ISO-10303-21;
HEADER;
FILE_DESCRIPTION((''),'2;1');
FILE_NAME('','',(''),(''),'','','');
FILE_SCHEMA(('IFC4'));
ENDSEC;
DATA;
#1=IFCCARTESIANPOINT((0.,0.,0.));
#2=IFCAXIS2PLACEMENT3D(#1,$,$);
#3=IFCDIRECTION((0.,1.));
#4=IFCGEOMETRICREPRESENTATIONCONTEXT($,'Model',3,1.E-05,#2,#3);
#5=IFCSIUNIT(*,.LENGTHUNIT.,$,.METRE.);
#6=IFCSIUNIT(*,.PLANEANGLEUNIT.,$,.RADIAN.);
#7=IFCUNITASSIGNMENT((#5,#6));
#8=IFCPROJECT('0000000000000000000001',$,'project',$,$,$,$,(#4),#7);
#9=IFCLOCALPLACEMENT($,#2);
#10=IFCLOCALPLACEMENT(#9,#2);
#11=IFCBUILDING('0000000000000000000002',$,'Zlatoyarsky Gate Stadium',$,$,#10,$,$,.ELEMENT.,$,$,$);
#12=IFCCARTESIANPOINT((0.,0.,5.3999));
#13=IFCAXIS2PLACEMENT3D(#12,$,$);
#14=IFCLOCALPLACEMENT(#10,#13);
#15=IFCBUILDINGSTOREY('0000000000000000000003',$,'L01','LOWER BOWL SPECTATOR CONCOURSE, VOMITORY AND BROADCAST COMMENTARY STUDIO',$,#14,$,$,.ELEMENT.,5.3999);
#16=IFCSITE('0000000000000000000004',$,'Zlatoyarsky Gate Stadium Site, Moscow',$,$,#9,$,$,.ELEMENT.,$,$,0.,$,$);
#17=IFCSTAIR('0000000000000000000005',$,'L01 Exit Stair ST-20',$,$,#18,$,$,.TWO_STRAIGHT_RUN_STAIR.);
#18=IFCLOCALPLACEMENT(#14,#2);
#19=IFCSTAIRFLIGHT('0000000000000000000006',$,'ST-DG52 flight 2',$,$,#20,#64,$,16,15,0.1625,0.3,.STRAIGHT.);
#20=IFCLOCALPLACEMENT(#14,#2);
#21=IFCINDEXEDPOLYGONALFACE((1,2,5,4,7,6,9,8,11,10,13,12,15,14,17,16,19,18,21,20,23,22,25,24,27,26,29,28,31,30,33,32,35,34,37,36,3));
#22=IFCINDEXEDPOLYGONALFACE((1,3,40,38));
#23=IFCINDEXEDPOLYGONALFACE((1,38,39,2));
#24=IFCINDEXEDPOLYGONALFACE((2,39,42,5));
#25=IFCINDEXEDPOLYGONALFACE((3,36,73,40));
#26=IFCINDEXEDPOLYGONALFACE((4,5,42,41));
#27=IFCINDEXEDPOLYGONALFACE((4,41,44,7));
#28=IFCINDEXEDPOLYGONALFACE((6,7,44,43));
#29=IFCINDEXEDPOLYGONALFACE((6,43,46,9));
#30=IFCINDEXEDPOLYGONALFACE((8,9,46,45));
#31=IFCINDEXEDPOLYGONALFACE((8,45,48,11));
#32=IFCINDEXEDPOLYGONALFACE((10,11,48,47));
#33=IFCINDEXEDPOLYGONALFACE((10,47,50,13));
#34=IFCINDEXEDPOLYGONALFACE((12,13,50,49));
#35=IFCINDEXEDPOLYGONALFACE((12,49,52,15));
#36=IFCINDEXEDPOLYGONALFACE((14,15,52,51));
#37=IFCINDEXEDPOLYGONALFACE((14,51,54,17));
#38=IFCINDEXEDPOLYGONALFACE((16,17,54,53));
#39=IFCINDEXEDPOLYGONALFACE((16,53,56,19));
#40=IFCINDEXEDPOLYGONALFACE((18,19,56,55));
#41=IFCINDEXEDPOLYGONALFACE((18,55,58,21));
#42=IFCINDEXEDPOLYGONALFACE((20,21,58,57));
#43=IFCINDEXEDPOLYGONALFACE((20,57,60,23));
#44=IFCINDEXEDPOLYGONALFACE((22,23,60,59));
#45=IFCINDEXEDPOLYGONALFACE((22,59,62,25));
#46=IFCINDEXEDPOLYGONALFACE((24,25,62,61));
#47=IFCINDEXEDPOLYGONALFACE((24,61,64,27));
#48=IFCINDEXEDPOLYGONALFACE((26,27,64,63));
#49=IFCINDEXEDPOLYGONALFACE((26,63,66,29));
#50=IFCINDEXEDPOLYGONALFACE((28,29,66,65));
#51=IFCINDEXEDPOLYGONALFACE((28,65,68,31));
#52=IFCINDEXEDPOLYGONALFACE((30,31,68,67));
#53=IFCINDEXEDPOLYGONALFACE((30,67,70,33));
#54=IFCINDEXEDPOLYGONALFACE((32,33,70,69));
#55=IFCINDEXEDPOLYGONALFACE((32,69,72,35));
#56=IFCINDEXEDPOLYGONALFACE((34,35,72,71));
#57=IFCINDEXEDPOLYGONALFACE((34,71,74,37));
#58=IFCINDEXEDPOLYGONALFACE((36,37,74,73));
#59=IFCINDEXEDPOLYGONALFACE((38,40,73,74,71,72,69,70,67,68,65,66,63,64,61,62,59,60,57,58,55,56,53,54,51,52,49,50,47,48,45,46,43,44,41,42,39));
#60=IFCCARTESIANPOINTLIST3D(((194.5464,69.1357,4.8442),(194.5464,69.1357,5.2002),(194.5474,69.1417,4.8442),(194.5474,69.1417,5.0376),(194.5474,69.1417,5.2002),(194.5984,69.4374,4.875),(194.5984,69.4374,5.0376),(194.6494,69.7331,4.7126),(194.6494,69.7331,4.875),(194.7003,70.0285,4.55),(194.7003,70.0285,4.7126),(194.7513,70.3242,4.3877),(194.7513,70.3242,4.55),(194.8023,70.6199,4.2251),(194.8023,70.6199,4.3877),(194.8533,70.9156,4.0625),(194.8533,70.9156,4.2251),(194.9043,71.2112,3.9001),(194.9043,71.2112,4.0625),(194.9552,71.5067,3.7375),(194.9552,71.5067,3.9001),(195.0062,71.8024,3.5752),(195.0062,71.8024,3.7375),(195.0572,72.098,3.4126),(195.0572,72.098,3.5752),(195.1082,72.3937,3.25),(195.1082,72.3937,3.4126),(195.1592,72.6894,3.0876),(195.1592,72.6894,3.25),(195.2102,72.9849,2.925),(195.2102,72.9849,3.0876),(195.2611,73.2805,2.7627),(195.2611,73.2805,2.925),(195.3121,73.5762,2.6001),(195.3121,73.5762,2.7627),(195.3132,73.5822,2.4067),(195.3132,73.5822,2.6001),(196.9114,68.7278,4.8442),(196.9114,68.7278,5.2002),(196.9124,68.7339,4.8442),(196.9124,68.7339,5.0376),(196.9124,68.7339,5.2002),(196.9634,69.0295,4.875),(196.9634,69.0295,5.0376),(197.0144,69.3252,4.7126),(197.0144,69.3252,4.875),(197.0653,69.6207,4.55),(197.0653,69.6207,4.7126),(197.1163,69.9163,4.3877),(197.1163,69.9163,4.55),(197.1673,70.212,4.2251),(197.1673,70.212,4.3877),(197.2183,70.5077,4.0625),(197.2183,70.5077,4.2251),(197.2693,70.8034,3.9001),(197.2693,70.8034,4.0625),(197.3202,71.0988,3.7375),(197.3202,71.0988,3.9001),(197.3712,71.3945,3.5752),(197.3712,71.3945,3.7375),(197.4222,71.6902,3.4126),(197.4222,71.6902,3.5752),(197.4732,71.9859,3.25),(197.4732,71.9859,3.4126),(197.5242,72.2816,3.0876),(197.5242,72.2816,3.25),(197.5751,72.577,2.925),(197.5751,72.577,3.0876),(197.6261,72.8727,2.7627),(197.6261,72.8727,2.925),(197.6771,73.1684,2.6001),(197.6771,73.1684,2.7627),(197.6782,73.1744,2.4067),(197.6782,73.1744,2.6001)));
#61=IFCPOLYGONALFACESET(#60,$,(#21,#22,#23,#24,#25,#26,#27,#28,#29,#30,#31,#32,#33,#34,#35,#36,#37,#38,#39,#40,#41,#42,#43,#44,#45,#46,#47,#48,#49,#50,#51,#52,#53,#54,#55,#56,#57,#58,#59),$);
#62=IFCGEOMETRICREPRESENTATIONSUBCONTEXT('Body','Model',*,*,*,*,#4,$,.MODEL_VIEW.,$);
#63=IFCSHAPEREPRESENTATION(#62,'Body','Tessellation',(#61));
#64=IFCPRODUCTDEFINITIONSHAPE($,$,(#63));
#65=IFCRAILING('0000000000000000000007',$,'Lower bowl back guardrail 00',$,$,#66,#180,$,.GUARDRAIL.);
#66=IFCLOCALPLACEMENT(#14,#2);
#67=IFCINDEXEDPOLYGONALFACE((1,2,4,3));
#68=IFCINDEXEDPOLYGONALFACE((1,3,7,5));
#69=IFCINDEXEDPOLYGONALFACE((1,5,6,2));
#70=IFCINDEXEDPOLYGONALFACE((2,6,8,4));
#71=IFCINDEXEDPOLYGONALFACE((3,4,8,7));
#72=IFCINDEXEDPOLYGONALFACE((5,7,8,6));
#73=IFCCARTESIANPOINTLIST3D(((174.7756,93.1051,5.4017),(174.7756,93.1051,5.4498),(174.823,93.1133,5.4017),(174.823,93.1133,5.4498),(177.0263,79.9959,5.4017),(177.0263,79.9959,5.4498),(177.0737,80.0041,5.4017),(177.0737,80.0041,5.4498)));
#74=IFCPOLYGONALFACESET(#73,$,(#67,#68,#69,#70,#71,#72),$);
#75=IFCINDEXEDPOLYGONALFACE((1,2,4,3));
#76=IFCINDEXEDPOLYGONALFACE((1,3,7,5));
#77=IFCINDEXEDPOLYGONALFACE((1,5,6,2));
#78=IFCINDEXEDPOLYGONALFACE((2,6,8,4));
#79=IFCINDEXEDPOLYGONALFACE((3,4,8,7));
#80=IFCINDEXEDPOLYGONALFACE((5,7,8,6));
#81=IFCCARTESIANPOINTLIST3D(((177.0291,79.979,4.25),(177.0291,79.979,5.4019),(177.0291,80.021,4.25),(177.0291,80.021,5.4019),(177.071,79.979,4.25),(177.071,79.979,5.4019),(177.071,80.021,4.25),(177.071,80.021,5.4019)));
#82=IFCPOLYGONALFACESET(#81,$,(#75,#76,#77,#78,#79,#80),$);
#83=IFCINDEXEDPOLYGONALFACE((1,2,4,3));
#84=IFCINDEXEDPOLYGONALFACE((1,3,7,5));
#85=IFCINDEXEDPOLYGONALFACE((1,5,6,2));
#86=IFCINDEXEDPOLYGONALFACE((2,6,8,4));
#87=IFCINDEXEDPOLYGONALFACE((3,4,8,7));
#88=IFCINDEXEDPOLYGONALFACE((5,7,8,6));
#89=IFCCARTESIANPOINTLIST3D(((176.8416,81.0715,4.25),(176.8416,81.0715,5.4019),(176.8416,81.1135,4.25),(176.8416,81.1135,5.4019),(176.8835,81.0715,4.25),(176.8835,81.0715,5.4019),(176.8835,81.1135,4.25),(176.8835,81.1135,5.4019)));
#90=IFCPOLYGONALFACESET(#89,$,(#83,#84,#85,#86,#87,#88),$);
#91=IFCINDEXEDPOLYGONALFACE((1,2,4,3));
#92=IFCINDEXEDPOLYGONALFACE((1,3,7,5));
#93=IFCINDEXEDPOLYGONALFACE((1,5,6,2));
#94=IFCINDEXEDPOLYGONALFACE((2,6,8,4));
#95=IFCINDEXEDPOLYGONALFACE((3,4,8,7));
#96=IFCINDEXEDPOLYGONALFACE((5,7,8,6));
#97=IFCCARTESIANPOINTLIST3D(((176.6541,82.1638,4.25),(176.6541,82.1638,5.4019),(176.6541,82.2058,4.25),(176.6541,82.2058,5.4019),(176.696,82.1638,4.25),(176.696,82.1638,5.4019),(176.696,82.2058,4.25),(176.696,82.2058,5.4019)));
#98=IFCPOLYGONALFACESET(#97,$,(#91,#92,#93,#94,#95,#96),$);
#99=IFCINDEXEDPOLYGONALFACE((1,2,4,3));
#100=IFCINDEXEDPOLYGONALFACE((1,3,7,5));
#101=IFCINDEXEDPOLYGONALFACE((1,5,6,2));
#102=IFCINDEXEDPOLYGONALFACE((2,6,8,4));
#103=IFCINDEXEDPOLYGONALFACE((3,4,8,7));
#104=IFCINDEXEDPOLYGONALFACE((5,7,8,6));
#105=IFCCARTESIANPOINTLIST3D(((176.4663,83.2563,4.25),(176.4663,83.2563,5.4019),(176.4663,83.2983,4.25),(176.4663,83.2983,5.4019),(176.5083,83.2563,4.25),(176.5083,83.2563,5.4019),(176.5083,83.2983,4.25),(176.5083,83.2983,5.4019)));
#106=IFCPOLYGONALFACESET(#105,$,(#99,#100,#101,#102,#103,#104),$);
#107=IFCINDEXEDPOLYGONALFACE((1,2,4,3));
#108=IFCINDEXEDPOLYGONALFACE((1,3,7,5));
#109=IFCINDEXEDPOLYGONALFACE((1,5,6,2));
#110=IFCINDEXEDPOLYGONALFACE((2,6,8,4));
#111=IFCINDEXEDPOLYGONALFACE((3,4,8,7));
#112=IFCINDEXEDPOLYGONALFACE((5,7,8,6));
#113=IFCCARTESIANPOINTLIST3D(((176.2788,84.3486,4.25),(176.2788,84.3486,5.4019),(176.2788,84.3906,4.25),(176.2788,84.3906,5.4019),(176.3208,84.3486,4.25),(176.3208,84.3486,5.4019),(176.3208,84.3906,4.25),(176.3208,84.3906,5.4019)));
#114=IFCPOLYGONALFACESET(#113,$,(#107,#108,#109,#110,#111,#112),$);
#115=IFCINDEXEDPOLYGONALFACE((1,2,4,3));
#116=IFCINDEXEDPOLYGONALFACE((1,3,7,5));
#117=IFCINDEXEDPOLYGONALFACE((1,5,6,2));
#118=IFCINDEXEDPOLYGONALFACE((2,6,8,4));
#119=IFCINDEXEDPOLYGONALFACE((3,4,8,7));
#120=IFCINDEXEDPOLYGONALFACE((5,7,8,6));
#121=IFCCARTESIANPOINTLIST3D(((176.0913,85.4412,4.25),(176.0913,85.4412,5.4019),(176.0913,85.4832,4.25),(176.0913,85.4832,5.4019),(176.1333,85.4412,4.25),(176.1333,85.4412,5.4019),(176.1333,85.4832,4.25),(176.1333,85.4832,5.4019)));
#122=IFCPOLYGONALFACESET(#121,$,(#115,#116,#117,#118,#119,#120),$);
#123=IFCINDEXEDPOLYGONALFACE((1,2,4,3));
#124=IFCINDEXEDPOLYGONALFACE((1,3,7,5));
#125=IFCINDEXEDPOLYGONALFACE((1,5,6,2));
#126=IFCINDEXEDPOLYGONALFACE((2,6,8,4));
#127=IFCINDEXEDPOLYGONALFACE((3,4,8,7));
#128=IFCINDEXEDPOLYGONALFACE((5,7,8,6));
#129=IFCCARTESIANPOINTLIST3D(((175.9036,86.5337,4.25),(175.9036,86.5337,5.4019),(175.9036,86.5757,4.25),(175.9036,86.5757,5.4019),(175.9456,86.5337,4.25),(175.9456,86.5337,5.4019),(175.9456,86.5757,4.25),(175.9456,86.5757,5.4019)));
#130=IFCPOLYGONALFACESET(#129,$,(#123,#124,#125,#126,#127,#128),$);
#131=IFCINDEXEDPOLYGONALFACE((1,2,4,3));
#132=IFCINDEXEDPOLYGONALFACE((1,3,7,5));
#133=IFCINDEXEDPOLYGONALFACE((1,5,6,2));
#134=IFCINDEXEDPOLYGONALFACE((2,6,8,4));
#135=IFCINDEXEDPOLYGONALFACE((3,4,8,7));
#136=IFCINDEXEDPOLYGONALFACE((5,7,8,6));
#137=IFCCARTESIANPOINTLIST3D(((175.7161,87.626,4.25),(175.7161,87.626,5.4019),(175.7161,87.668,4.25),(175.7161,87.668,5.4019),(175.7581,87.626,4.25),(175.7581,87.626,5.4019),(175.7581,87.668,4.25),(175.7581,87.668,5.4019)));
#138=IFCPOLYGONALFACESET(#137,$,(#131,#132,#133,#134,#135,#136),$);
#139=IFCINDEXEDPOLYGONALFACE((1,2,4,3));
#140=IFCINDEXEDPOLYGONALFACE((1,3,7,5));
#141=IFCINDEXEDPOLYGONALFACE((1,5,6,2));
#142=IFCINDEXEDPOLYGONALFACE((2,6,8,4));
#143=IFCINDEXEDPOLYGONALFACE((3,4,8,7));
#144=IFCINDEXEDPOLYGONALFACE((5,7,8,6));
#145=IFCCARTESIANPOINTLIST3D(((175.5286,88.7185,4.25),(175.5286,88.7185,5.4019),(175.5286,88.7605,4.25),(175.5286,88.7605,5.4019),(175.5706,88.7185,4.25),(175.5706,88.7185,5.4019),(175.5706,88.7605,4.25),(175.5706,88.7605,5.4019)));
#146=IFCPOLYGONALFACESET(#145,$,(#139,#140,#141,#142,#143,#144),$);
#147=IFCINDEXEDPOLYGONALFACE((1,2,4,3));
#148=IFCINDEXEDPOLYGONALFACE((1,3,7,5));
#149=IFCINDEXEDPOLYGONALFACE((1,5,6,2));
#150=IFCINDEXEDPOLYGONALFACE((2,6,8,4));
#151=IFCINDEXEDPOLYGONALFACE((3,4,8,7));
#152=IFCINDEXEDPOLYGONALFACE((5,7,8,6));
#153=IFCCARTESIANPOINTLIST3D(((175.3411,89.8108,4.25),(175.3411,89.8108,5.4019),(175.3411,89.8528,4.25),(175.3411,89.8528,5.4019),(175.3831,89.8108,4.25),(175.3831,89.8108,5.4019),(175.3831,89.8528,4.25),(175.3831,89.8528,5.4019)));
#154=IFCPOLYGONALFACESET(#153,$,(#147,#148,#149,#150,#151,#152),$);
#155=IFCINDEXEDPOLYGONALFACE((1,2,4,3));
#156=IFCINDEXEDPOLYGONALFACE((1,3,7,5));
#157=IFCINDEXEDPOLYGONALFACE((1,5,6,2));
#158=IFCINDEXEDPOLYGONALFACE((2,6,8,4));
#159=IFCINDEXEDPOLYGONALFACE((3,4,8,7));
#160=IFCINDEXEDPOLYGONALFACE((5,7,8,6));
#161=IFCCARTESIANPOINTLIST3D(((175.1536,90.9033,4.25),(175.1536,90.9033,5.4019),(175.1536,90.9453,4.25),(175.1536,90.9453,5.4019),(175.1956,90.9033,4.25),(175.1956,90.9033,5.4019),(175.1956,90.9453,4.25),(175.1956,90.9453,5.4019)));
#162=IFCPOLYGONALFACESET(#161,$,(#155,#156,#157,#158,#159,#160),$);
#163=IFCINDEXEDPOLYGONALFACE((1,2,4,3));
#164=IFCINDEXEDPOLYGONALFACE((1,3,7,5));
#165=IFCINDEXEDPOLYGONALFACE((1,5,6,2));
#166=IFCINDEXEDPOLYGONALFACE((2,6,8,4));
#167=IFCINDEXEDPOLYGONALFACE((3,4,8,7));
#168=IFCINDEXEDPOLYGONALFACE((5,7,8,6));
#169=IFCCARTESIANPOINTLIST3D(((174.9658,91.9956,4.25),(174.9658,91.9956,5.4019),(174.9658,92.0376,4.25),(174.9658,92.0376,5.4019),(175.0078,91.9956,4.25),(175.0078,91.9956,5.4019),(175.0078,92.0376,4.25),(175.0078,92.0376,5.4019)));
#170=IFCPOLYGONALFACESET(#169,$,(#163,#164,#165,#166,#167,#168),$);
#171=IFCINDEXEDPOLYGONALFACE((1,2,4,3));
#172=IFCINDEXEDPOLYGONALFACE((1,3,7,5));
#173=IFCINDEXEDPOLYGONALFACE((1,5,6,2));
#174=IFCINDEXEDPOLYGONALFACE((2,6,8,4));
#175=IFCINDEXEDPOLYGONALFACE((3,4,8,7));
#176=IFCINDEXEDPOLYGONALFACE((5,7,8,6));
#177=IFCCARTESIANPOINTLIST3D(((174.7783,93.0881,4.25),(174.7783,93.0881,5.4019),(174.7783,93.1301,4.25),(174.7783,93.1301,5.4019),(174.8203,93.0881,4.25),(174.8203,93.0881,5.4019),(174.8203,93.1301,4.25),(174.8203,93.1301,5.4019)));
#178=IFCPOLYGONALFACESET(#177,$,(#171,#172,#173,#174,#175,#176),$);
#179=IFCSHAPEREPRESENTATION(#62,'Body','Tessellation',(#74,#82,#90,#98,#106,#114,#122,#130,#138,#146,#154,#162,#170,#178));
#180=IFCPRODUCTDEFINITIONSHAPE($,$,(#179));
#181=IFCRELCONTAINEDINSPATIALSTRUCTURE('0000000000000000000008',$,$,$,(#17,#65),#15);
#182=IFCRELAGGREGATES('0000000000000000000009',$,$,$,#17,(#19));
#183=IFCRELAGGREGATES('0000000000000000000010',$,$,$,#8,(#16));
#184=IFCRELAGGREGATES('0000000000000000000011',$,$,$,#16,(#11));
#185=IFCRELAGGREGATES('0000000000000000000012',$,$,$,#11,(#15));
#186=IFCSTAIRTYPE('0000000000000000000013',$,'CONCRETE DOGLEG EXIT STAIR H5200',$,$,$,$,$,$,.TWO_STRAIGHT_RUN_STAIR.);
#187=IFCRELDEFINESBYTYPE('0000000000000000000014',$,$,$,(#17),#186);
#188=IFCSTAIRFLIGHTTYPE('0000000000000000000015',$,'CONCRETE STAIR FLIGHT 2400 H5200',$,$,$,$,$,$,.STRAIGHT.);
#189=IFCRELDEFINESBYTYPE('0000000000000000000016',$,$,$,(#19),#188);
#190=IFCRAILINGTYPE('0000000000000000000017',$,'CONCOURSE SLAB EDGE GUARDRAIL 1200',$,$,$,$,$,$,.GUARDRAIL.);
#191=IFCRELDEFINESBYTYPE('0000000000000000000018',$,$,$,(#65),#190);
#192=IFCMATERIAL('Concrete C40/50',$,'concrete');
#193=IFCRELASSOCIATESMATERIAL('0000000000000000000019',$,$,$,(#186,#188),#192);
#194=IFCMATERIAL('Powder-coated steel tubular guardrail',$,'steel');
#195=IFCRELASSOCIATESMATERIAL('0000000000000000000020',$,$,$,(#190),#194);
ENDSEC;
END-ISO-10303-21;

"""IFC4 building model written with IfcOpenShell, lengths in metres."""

from ifc_helpers import new_model, si_unit, direction, frame, origin, origin_2d, place, context, subcontext, project, spatial, polyline, rectangle, outline, extrude, material, type_object, element, aggregate, save


model = new_model("IFC4")

# Units and contexts
model_context = context("Model", 3, precision=1e-05, world=origin(), true_north=direction((0.0, 1.0)))
body_context = subcontext(model_context, "Body", "Model", "MODEL_VIEW")
ifc_project = project(units=[si_unit("LENGTHUNIT", "METRE"), si_unit("PLANEANGLEUNIT", "RADIAN")], contexts=[model_context])

# Site, building, storey
site_placement = place(None, origin())
site = spatial("IfcSite", under=ifc_project, at=site_placement, Name="Zlatoyarsky Gate Stadium Site, Moscow", CompositionType="ELEMENT", RefElevation=0.0)
building_placement = place(site_placement, origin())
building = spatial("IfcBuilding", under=site, at=building_placement, Name="Zlatoyarsky Gate Stadium", CompositionType="ELEMENT")
storey_placement = place(building_placement, frame((0.0, 0.0, 5.3999)))
storey = spatial("IfcBuildingStorey", under=building, at=storey_placement, Name="L01", Description="LOWER BOWL SPECTATOR CONCOURSE, VOMITORY AND BROADCAST COMMENTARY STUDIO", CompositionType="ELEMENT", Elevation=5.3999)

# Shared definitions
ifc_material_1 = material(Name="Concrete C40/50", Category="concrete")

# Stair, stair flight
stair_type = type_object("IfcStairType", Name="CONCRETE DOGLEG EXIT STAIR H5200", PredefinedType="TWO_STRAIGHT_RUN_STAIR", material=ifc_material_1)
stair_placement = place(storey_placement, origin())
stair = element("IfcStair", 1, at=stair_placement, inside=storey, type_object=stair_type, Name="L01 Exit Stair ST-20", PredefinedType="TWO_STRAIGHT_RUN_STAIR")
stair_flight_type = type_object("IfcStairFlightType", Name="CONCRETE STAIR FLIGHT 2400 H5200", PredefinedType="STRAIGHT", material=ifc_material_1)
stair_flight_placement = place(storey_placement, frame((196.4946, 73.3723, 2.6001), z_axis=(0.0, 0.0, 1.0), x_axis=(-0.169938, -0.985455, 0.0)))
stair_flight = element("IfcStairFlight", 2, at=stair_flight_placement, type_object=stair_flight_type, Name="ST-DG52 flight 2", NumberOfRisers=16, NumberOfTreads=15, PredefinedType="STRAIGHT", RiserHeight=0.1625, TreadLength=0.3, context=body_context, shape_type="SweptSolid", body=[
    extrude(outline(polyline([(-0.0061, -0.1934), (-0.0061, 0.0), (0.0, 0.0), (0.0, 0.1626), (0.3, 0.1626), (0.3, 0.325), (0.6001, 0.325), (0.6001, 0.4875), (0.8999, 0.4875), (0.8999, 0.6499), (1.2, 0.6499), (1.2, 0.8125), (1.5, 0.8125), (1.5, 0.9751), (1.8, 0.9751), (1.8, 1.1375), (2.1001, 1.1375), (2.1001, 1.3), (2.3999, 1.3), (2.3999, 1.4624), (2.7, 1.4624), (2.7, 1.625), (3.0, 1.625), (3.0, 1.7876), (3.3, 1.7876), (3.3, 1.95), (3.6001, 1.95), (3.6001, 2.1125), (3.8999, 2.1125), (3.8999, 2.2749), (4.2, 2.2749), (4.2, 2.4375), (4.5, 2.4375), (4.5, 2.6001), (4.5061, 2.6001), (4.5061, 2.2441), (4.5, 2.2441), (-0.0061, -0.1934)])), frame((0.0, 1.2, 0.0), z_axis=(0.0, -1.0, 0.0), x_axis=(1.0, 0.0, 0.0)), (0.0, 0.0, 1.0), 2.3999),
])
aggregate(stair, [stair_flight])

# Railing
ifc_material_2 = material(Name="Powder-coated steel tubular guardrail", Category="steel")
railing_type_1 = type_object("IfcRailingType", Name="CONCOURSE SLAB EDGE GUARDRAIL 1200", PredefinedType="GUARDRAIL", material=ifc_material_2)
railing_1_placement = place(storey_placement, frame((177.05, 80.0, 4.25)))
element("IfcRailing", 3, at=railing_1_placement, inside=storey, type_object=railing_type_1, Name="Lower bowl back guardrail 00", PredefinedType="GUARDRAIL", context=body_context, shape_type="SweptSolid", body=[
    extrude(rectangle(XDim=0.0481, YDim=0.0481, at=origin_2d()), frame((0.0, 0.0, 1.1758), z_axis=(-0.169216, 0.985579, 0.0), x_axis=(-0.985579, -0.169216, 0.0)), (0.0, 0.0, 1.0), 13.301),
    extrude(rectangle(XDim=0.042, YDim=0.042, at=origin_2d()), origin(), (0.0, 0.0, 1.0), 1.1519),
    extrude(rectangle(XDim=0.042, YDim=0.042, at=origin_2d()), frame((-0.1875, 1.0925, 0.0)), (0.0, 0.0, 1.0), 1.1519),
    extrude(rectangle(XDim=0.042, YDim=0.042, at=origin_2d()), frame((-0.375, 2.1848, 0.0)), (0.0, 0.0, 1.0), 1.1519),
    extrude(rectangle(XDim=0.042, YDim=0.042, at=origin_2d()), frame((-0.5627, 3.2773, 0.0)), (0.0, 0.0, 1.0), 1.1519),
    extrude(rectangle(XDim=0.042, YDim=0.042, at=origin_2d()), frame((-0.7502, 4.3696, 0.0)), (0.0, 0.0, 1.0), 1.1519),
    extrude(rectangle(XDim=0.042, YDim=0.042, at=origin_2d()), frame((-0.9377, 5.4622, 0.0)), (0.0, 0.0, 1.0), 1.1519),
    extrude(rectangle(XDim=0.042, YDim=0.042, at=origin_2d()), frame((-1.1255, 6.5547, 0.0)), (0.0, 0.0, 1.0), 1.1519),
    extrude(rectangle(XDim=0.042, YDim=0.042, at=origin_2d()), frame((-1.313, 7.647, 0.0)), (0.0, 0.0, 1.0), 1.1519),
    extrude(rectangle(XDim=0.042, YDim=0.042, at=origin_2d()), frame((-1.5005, 8.7395, 0.0)), (0.0, 0.0, 1.0), 1.1519),
    extrude(rectangle(XDim=0.042, YDim=0.042, at=origin_2d()), frame((-1.688, 9.8318, 0.0)), (0.0, 0.0, 1.0), 1.1519),
    extrude(rectangle(XDim=0.042, YDim=0.042, at=origin_2d()), frame((-1.8755, 10.9243, 0.0)), (0.0, 0.0, 1.0), 1.1519),
    extrude(rectangle(XDim=0.042, YDim=0.042, at=origin_2d()), frame((-2.0632, 12.0166, 0.0)), (0.0, 0.0, 1.0), 1.1519),
    extrude(rectangle(XDim=0.042, YDim=0.042, at=origin_2d()), frame((-2.2507, 13.1091, 0.0)), (0.0, 0.0, 1.0), 1.1519),
])

save(model, "model.ifc")
